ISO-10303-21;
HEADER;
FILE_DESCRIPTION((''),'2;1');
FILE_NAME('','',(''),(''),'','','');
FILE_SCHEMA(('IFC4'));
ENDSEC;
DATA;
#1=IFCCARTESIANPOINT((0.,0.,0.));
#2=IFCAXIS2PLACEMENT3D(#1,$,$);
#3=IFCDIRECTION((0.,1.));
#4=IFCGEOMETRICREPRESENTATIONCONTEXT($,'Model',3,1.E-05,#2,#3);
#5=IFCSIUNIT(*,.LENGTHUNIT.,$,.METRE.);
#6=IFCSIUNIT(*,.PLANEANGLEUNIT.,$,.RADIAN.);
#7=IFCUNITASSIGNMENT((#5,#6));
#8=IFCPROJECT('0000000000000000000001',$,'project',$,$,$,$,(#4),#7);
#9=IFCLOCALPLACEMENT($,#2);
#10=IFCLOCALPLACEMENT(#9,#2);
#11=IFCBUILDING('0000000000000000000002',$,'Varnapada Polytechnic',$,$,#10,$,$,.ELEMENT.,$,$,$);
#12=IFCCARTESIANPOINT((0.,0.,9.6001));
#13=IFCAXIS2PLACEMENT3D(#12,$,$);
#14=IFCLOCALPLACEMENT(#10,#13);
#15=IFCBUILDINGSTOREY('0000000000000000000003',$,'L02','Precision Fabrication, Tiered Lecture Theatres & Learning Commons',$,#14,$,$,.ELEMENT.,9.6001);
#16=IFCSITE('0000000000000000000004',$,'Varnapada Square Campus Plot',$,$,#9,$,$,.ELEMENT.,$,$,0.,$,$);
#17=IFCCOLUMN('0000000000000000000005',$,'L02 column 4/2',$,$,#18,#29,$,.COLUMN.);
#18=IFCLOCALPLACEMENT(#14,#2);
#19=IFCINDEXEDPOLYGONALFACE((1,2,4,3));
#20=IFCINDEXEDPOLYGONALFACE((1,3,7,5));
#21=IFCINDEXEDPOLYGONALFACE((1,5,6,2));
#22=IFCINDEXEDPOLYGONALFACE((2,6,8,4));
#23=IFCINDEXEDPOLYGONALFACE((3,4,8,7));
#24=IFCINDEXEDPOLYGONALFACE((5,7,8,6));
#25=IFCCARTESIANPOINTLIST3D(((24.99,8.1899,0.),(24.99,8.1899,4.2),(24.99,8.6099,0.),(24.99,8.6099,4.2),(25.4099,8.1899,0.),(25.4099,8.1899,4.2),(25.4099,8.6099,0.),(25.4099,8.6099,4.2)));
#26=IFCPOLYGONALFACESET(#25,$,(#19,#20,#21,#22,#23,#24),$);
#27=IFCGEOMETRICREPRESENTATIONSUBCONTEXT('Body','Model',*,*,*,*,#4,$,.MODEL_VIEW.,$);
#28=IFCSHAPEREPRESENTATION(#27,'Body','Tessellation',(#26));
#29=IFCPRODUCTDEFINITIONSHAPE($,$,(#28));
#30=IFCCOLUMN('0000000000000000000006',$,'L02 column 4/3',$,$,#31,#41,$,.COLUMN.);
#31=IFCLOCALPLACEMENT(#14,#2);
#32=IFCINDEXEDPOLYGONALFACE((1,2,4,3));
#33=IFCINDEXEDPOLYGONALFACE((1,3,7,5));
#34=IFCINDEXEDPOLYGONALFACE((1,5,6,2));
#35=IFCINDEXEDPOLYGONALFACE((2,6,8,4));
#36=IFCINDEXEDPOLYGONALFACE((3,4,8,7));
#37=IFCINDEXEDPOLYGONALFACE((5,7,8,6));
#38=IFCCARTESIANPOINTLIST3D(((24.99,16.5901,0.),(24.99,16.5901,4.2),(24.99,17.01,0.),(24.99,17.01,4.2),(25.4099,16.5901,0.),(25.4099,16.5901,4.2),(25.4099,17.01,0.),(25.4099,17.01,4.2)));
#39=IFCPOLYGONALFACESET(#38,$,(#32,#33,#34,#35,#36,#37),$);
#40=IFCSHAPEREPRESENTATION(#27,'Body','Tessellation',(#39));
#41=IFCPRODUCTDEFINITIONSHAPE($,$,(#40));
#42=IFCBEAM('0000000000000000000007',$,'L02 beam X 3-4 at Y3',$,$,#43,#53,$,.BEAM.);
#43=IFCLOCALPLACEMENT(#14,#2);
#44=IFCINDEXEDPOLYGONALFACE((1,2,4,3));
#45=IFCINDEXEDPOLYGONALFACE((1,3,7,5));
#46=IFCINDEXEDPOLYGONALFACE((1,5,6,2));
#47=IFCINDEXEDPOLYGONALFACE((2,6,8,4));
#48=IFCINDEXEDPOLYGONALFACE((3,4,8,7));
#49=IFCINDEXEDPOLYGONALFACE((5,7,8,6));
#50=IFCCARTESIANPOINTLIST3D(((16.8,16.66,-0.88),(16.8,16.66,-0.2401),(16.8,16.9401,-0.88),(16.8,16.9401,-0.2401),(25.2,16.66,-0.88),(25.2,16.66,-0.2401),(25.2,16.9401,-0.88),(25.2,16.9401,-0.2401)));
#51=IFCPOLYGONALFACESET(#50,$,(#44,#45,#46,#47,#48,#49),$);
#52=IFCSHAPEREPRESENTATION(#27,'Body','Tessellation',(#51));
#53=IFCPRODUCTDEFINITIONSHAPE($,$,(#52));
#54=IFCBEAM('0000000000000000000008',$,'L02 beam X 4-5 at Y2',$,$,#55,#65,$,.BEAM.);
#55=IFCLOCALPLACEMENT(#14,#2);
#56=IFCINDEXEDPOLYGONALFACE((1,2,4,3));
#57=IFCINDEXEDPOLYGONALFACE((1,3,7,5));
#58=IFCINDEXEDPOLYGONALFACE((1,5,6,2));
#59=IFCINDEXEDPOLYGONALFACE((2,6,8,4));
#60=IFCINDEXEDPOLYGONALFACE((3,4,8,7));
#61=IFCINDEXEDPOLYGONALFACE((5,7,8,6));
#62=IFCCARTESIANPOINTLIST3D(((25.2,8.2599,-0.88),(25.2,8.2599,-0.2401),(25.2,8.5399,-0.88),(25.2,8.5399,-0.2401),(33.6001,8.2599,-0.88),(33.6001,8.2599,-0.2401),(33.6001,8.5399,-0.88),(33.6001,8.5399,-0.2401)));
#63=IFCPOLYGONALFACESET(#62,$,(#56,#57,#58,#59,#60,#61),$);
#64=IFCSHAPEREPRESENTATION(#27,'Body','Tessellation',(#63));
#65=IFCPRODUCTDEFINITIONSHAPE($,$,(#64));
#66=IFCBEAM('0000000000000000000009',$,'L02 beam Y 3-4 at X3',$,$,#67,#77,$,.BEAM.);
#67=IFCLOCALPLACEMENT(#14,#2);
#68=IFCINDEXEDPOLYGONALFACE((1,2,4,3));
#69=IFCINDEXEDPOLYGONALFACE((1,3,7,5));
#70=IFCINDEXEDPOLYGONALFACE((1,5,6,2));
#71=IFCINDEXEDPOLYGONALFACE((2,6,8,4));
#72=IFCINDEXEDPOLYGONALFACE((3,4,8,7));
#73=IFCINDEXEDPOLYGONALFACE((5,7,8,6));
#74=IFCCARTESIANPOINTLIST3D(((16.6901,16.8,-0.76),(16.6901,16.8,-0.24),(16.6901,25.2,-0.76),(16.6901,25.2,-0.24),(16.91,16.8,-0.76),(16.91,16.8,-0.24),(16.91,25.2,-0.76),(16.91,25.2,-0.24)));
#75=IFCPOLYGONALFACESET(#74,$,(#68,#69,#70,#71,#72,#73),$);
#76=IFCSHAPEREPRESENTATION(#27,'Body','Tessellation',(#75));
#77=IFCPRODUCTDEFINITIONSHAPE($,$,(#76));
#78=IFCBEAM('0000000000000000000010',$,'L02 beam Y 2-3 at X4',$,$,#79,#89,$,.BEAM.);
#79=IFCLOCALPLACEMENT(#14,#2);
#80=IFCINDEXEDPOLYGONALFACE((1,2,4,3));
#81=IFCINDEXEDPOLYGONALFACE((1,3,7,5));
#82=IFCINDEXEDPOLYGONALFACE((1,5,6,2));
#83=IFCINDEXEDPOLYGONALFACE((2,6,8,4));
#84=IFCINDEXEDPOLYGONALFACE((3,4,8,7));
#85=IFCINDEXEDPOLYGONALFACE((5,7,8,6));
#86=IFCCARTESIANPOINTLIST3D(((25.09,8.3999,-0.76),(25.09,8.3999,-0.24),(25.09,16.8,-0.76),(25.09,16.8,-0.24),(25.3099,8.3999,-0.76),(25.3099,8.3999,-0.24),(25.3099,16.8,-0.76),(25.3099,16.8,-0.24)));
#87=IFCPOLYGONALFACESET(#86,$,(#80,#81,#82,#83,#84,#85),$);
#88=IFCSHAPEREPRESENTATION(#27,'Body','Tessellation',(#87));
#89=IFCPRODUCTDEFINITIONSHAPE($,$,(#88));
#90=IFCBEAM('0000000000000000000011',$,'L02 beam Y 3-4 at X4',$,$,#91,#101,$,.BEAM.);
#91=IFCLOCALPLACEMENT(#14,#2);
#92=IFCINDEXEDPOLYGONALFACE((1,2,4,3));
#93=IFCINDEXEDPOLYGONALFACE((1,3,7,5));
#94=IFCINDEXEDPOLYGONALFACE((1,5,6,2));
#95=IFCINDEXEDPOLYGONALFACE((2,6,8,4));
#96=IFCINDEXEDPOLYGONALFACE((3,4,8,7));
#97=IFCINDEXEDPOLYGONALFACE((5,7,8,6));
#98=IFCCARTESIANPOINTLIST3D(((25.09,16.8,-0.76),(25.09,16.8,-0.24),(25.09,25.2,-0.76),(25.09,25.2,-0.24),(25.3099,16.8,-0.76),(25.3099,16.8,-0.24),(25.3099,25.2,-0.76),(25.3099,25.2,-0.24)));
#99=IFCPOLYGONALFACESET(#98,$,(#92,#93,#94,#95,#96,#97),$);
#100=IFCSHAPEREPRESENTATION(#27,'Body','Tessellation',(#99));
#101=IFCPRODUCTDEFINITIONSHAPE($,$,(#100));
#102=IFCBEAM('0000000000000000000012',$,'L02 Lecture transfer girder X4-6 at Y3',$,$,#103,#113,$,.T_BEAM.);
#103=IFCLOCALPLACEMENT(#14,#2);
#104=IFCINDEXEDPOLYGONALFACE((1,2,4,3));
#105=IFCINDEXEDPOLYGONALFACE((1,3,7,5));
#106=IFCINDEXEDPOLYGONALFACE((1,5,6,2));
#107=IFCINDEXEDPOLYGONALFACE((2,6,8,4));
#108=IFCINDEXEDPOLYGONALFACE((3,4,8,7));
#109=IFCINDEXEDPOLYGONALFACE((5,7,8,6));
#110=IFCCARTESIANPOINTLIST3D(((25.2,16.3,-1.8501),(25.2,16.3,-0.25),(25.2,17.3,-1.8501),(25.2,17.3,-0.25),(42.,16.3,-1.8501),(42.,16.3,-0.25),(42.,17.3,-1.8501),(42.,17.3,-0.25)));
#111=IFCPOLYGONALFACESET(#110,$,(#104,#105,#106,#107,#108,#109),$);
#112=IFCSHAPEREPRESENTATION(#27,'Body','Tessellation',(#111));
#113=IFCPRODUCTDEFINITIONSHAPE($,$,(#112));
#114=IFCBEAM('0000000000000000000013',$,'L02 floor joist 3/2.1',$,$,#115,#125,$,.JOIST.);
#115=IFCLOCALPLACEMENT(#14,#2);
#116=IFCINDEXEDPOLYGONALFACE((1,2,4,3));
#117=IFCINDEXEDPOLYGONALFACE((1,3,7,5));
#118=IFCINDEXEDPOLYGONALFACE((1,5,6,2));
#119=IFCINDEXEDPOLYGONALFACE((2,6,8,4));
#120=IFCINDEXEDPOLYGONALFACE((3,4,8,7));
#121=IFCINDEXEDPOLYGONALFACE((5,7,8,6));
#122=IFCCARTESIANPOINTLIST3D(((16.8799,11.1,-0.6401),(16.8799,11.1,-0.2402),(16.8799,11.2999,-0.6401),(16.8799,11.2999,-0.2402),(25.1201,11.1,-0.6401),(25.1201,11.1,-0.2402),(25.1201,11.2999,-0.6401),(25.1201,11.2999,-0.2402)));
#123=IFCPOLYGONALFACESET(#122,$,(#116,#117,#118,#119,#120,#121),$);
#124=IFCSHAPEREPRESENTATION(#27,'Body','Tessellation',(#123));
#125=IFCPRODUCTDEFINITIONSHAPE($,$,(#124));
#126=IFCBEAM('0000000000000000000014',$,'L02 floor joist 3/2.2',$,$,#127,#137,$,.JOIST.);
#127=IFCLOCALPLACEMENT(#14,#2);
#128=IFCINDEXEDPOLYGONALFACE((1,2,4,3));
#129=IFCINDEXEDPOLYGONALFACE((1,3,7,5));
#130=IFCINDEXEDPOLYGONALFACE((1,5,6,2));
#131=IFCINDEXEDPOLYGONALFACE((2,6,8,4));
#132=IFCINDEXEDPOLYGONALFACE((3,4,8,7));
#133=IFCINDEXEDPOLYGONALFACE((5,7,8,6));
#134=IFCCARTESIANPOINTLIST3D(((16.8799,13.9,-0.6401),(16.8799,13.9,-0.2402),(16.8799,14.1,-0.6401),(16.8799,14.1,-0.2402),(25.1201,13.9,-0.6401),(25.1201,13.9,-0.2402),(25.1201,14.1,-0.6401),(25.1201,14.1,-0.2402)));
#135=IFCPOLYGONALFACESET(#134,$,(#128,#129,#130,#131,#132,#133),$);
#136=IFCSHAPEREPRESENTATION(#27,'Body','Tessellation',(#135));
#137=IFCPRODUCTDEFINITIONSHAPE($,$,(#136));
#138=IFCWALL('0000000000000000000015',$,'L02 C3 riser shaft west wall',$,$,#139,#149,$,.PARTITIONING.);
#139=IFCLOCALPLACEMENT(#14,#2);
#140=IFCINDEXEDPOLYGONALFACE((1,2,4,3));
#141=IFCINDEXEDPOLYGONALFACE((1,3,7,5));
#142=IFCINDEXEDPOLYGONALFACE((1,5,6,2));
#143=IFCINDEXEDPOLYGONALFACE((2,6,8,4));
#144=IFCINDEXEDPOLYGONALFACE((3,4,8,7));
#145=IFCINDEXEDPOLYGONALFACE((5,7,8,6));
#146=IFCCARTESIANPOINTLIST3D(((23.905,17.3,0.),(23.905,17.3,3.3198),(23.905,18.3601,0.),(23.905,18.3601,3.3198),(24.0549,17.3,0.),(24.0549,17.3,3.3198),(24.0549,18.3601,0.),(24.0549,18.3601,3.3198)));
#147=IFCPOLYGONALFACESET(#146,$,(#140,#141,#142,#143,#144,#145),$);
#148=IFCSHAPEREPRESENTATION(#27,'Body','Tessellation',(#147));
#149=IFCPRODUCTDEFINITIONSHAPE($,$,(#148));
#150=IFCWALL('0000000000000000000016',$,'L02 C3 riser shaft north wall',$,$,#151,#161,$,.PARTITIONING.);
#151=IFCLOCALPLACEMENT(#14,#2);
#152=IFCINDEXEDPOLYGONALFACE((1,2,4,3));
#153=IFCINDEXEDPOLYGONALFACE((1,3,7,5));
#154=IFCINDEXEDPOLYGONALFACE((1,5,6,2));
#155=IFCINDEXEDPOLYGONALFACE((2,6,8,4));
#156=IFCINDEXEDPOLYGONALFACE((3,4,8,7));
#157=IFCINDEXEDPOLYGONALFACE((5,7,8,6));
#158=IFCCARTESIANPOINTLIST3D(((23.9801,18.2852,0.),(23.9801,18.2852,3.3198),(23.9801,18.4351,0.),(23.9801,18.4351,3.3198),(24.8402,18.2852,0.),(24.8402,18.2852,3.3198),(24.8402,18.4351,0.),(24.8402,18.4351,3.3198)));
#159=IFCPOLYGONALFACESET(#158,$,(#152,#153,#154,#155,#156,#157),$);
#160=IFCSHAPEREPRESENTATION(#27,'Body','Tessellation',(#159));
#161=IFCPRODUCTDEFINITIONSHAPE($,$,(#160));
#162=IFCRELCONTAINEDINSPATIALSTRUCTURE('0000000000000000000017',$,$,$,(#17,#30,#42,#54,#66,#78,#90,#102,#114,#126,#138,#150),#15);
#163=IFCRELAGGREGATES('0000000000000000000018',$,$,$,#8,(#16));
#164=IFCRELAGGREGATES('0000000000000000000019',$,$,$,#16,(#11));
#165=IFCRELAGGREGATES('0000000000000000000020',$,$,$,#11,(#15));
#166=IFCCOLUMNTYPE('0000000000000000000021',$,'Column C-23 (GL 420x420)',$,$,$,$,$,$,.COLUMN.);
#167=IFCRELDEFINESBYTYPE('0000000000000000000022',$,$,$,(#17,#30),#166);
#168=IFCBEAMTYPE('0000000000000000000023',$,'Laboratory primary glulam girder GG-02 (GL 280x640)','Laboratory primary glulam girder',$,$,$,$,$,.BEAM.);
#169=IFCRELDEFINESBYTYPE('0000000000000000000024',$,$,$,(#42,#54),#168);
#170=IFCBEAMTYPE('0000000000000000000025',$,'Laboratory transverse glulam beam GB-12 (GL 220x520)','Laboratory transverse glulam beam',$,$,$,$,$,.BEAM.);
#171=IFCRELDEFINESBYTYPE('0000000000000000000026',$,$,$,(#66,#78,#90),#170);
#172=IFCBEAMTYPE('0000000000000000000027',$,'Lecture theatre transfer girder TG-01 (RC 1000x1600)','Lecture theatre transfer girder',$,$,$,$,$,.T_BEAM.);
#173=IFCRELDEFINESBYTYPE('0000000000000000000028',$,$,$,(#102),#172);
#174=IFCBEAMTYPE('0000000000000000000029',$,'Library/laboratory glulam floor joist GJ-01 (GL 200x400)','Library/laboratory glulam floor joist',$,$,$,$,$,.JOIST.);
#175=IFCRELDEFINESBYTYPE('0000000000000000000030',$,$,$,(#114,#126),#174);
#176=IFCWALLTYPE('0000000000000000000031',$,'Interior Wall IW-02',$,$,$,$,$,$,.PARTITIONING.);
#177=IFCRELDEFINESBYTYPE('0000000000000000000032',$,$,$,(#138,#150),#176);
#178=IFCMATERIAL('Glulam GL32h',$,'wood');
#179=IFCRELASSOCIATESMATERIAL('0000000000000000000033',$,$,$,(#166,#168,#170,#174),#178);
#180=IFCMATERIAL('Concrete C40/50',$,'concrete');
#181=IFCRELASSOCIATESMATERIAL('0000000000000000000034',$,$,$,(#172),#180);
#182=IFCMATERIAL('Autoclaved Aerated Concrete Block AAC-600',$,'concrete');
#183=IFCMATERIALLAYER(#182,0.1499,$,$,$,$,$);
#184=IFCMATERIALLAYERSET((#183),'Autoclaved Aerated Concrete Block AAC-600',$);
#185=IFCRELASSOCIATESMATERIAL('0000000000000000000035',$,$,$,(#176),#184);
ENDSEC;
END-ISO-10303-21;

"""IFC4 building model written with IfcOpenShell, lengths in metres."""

from ifc_helpers import new_model, si_unit, direction, frame, frame_2d, origin, origin_2d, place, context, subcontext, project, spatial, rectangle, extrude, material, layer, layer_set, material_profile, profile_set, type_object, element, save


model = new_model("IFC4")

# Units and contexts
model_context = context("Model", 3, precision=1e-05, world=origin(), true_north=direction((0.0, 1.0)))
body_context = subcontext(model_context, "Body", "Model", "MODEL_VIEW")
ifc_project = project(units=[si_unit("LENGTHUNIT", "METRE"), si_unit("PLANEANGLEUNIT", "RADIAN")], contexts=[model_context])

# Site, building, storey
site_placement = place(None, origin())
site = spatial("IfcSite", under=ifc_project, at=site_placement, Name="Varnapada Square Campus Plot", CompositionType="ELEMENT", RefElevation=0.0)
building_placement = place(site_placement, origin())
building = spatial("IfcBuilding", under=site, at=building_placement, Name="Varnapada Polytechnic", CompositionType="ELEMENT")
storey_placement = place(building_placement, frame((0.0, 0.0, 9.6001)))
storey = spatial("IfcBuildingStorey", under=building, at=storey_placement, Name="L02", Description="Precision Fabrication, Tiered Lecture Theatres & Learning Commons", CompositionType="ELEMENT", Elevation=9.6001)

# Columns
ifc_material_1 = material(Name="Glulam GL32h", Category="wood")
ifc_material_profile_1 = material_profile(ifc_material_1, rectangle(XDim=0.4199, YDim=0.4199, at=origin_2d()), Name="GL 420x420")
ifc_profile_set_1 = profile_set([ifc_material_profile_1], Name="Glulam GL32h")
column_type = type_object("IfcColumnType", Name="Column C-23 (GL 420x420)", PredefinedType="COLUMN", material=ifc_profile_set_1)
for number, where, z_axis, x_axis, name in (
    (1, (25.2, 8.3999, 0.0), (0.0, 0.0, 1.0), (1.0, 0.0, 0.0), "L02 column 4/2"),
    (2, (25.2, 16.8, 0.0), (0.0, 0.0, 1.0), (1.0, 0.0, 0.0), "L02 column 4/3"),
):
    element("IfcColumn", number, at=place(storey_placement, frame(where, z_axis=z_axis, x_axis=x_axis)), inside=storey, type_object=column_type, Name=name, PredefinedType="COLUMN", context=body_context, shape_type="SweptSolid", body=[
        extrude(rectangle(XDim=0.4199, YDim=0.4199, at=origin_2d()), origin(), (0.0, 0.0, 1.0), 4.2),
    ])

# Beams
ifc_material_profile_2 = material_profile(ifc_material_1, rectangle(XDim=0.28, YDim=0.6399, at=origin_2d()), Name="GL 280x640")
ifc_profile_set_2 = profile_set([ifc_material_profile_2], Name="Glulam GL32h")
beam_type_1 = type_object("IfcBeamType", Name="Laboratory primary glulam girder GG-02 (GL 280x640)", Description="Laboratory primary glulam girder", PredefinedType="BEAM", material=ifc_profile_set_2)
beam_1_placement = place(storey_placement, frame((16.8, 16.8, -0.5601), z_axis=(1.0, 0.0, 0.0), x_axis=(0.0, 1.0, 0.0)))
element("IfcBeam", 3, at=beam_1_placement, inside=storey, type_object=beam_type_1, Name="L02 beam X 3-4 at Y3", PredefinedType="BEAM", context=body_context, shape_type="SweptSolid", body=[
    extrude(rectangle(XDim=0.28, YDim=0.6399, at=origin_2d()), origin(), (0.0, 0.0, 1.0), 8.3999),
])
beam_2_placement = place(storey_placement, frame((25.2, 8.3999, -0.5601), z_axis=(1.0, 0.0, 0.0), x_axis=(0.0, 1.0, 0.0)))
element("IfcBeam", 4, at=beam_2_placement, inside=storey, type_object=beam_type_1, Name="L02 beam X 4-5 at Y2", PredefinedType="BEAM", context=body_context, shape_type="SweptSolid", body=[
    extrude(rectangle(XDim=0.28, YDim=0.6399, at=origin_2d()), origin(), (0.0, 0.0, 1.0), 8.4001),
])
ifc_material_profile_3 = material_profile(ifc_material_1, rectangle(XDim=0.22, YDim=0.52, at=origin_2d()), Name="GL 220x520")
ifc_profile_set_3 = profile_set([ifc_material_profile_3], Name="Glulam GL32h")
beam_type_2 = type_object("IfcBeamType", Name="Laboratory transverse glulam beam GB-12 (GL 220x520)", Description="Laboratory transverse glulam beam", PredefinedType="BEAM", material=ifc_profile_set_3)
beam_3_placement = place(storey_placement, frame((16.8, 16.8, -0.5), z_axis=(0.0, 1.0, 0.0), x_axis=(-1.0, 0.0, 0.0)))
element("IfcBeam", 5, at=beam_3_placement, inside=storey, type_object=beam_type_2, Name="L02 beam Y 3-4 at X3", PredefinedType="BEAM", context=body_context, shape_type="SweptSolid", body=[
    extrude(rectangle(XDim=0.22, YDim=0.52, at=origin_2d()), origin(), (0.0, 0.0, 1.0), 8.3999),
])
beam_4_placement = place(storey_placement, frame((25.2, 8.3999, -0.5), z_axis=(0.0, 1.0, 0.0), x_axis=(-1.0, 0.0, 0.0)))
element("IfcBeam", 6, at=beam_4_placement, inside=storey, type_object=beam_type_2, Name="L02 beam Y 2-3 at X4", PredefinedType="BEAM", context=body_context, shape_type="SweptSolid", body=[
    extrude(rectangle(XDim=0.22, YDim=0.52, at=origin_2d()), origin(), (0.0, 0.0, 1.0), 8.4001),
])
beam_5_placement = place(storey_placement, frame((25.2, 16.8, -0.5), z_axis=(0.0, 1.0, 0.0), x_axis=(-1.0, 0.0, 0.0)))
element("IfcBeam", 7, at=beam_5_placement, inside=storey, type_object=beam_type_2, Name="L02 beam Y 3-4 at X4", PredefinedType="BEAM", context=body_context, shape_type="SweptSolid", body=[
    extrude(rectangle(XDim=0.22, YDim=0.52, at=origin_2d()), origin(), (0.0, 0.0, 1.0), 8.3999),
])
ifc_material_2 = material(Name="Concrete C40/50", Category="concrete")
ifc_material_profile_4 = material_profile(ifc_material_2, rectangle(XDim=1.0, YDim=1.6001, at=origin_2d()), Name="RC 1000x1600")
ifc_profile_set_4 = profile_set([ifc_material_profile_4], Name="Concrete C40/50")
beam_type_3 = type_object("IfcBeamType", Name="Lecture theatre transfer girder TG-01 (RC 1000x1600)", Description="Lecture theatre transfer girder", PredefinedType="T_BEAM", material=ifc_profile_set_4)
beam_6_placement = place(storey_placement, frame((25.2, 16.8, -1.05), z_axis=(1.0, 0.0, 0.0), x_axis=(0.0, 1.0, 0.0)))
element("IfcBeam", 8, at=beam_6_placement, inside=storey, type_object=beam_type_3, Name="L02 Lecture transfer girder X4-6 at Y3", PredefinedType="T_BEAM", context=body_context, shape_type="SweptSolid", body=[
    extrude(rectangle(XDim=1.0, YDim=1.6001, at=origin_2d()), origin(), (0.0, 0.0, 1.0), 16.8),
])
ifc_material_profile_5 = material_profile(ifc_material_1, rectangle(XDim=0.2, YDim=0.3999, at=origin_2d()), Name="GL 200x400")
ifc_profile_set_5 = profile_set([ifc_material_profile_5], Name="Glulam GL32h")
beam_type_4 = type_object("IfcBeamType", Name="Library/laboratory glulam floor joist GJ-01 (GL 200x400)", Description="Library/laboratory glulam floor joist", PredefinedType="JOIST", material=ifc_profile_set_5)
for number, where, z_axis, x_axis, name in (
    (9, (16.8799, 11.2, -0.4402), (1.0, 0.0, 0.0), (0.0, 1.0, 0.0), "L02 floor joist 3/2.1"),
    (10, (16.8799, 14.0, -0.4402), (1.0, 0.0, 0.0), (0.0, 1.0, 0.0), "L02 floor joist 3/2.2"),
):
    element("IfcBeam", number, at=place(storey_placement, frame(where, z_axis=z_axis, x_axis=x_axis)), inside=storey, type_object=beam_type_4, Name=name, PredefinedType="JOIST", context=body_context, shape_type="SweptSolid", body=[
        extrude(rectangle(XDim=0.2, YDim=0.3999, at=origin_2d()), origin(), (0.0, 0.0, 1.0), 8.2402),
    ])

# Walls
ifc_material_3 = material(Name="Autoclaved Aerated Concrete Block AAC-600", Category="concrete")
ifc_layer_1 = layer(ifc_material_3, 0.1499)
ifc_layer_set_1 = layer_set([ifc_layer_1], Name="Autoclaved Aerated Concrete Block AAC-600")
wall_type_1 = type_object("IfcWallType", Name="Interior Wall IW-02", PredefinedType="PARTITIONING", material=ifc_layer_set_1)
wall_1_placement = place(storey_placement, frame((23.98, 18.3601, 0.0), z_axis=(0.0, 0.0, 1.0), x_axis=(0.0, -1.0, 0.0)))
element("IfcWall", 11, at=wall_1_placement, inside=storey, type_object=wall_type_1, Name="L02 C3 riser shaft west wall", PredefinedType="PARTITIONING", context=body_context, shape_type="SweptSolid", body=[
    extrude(rectangle(XDim=1.0601, YDim=0.1499, at=frame_2d((0.53, 0.0))), origin(), (0.0, 0.0, 1.0), 3.3198),
])
wall_2_placement = place(storey_placement, frame((23.98, 18.3601, 0.0), z_axis=(0.0, 0.0, 1.0), x_axis=(1.0, 0.0, 0.0)))
element("IfcWall", 12, at=wall_2_placement, inside=storey, type_object=wall_type_1, Name="L02 C3 riser shaft north wall", PredefinedType="PARTITIONING", context=body_context, shape_type="SweptSolid", body=[
    extrude(rectangle(XDim=0.8601, YDim=0.1499, at=frame_2d((0.4302, 0.0))), origin(), (0.0, 0.0, 1.0), 3.3198),
])

save(model, "model.ifc")
